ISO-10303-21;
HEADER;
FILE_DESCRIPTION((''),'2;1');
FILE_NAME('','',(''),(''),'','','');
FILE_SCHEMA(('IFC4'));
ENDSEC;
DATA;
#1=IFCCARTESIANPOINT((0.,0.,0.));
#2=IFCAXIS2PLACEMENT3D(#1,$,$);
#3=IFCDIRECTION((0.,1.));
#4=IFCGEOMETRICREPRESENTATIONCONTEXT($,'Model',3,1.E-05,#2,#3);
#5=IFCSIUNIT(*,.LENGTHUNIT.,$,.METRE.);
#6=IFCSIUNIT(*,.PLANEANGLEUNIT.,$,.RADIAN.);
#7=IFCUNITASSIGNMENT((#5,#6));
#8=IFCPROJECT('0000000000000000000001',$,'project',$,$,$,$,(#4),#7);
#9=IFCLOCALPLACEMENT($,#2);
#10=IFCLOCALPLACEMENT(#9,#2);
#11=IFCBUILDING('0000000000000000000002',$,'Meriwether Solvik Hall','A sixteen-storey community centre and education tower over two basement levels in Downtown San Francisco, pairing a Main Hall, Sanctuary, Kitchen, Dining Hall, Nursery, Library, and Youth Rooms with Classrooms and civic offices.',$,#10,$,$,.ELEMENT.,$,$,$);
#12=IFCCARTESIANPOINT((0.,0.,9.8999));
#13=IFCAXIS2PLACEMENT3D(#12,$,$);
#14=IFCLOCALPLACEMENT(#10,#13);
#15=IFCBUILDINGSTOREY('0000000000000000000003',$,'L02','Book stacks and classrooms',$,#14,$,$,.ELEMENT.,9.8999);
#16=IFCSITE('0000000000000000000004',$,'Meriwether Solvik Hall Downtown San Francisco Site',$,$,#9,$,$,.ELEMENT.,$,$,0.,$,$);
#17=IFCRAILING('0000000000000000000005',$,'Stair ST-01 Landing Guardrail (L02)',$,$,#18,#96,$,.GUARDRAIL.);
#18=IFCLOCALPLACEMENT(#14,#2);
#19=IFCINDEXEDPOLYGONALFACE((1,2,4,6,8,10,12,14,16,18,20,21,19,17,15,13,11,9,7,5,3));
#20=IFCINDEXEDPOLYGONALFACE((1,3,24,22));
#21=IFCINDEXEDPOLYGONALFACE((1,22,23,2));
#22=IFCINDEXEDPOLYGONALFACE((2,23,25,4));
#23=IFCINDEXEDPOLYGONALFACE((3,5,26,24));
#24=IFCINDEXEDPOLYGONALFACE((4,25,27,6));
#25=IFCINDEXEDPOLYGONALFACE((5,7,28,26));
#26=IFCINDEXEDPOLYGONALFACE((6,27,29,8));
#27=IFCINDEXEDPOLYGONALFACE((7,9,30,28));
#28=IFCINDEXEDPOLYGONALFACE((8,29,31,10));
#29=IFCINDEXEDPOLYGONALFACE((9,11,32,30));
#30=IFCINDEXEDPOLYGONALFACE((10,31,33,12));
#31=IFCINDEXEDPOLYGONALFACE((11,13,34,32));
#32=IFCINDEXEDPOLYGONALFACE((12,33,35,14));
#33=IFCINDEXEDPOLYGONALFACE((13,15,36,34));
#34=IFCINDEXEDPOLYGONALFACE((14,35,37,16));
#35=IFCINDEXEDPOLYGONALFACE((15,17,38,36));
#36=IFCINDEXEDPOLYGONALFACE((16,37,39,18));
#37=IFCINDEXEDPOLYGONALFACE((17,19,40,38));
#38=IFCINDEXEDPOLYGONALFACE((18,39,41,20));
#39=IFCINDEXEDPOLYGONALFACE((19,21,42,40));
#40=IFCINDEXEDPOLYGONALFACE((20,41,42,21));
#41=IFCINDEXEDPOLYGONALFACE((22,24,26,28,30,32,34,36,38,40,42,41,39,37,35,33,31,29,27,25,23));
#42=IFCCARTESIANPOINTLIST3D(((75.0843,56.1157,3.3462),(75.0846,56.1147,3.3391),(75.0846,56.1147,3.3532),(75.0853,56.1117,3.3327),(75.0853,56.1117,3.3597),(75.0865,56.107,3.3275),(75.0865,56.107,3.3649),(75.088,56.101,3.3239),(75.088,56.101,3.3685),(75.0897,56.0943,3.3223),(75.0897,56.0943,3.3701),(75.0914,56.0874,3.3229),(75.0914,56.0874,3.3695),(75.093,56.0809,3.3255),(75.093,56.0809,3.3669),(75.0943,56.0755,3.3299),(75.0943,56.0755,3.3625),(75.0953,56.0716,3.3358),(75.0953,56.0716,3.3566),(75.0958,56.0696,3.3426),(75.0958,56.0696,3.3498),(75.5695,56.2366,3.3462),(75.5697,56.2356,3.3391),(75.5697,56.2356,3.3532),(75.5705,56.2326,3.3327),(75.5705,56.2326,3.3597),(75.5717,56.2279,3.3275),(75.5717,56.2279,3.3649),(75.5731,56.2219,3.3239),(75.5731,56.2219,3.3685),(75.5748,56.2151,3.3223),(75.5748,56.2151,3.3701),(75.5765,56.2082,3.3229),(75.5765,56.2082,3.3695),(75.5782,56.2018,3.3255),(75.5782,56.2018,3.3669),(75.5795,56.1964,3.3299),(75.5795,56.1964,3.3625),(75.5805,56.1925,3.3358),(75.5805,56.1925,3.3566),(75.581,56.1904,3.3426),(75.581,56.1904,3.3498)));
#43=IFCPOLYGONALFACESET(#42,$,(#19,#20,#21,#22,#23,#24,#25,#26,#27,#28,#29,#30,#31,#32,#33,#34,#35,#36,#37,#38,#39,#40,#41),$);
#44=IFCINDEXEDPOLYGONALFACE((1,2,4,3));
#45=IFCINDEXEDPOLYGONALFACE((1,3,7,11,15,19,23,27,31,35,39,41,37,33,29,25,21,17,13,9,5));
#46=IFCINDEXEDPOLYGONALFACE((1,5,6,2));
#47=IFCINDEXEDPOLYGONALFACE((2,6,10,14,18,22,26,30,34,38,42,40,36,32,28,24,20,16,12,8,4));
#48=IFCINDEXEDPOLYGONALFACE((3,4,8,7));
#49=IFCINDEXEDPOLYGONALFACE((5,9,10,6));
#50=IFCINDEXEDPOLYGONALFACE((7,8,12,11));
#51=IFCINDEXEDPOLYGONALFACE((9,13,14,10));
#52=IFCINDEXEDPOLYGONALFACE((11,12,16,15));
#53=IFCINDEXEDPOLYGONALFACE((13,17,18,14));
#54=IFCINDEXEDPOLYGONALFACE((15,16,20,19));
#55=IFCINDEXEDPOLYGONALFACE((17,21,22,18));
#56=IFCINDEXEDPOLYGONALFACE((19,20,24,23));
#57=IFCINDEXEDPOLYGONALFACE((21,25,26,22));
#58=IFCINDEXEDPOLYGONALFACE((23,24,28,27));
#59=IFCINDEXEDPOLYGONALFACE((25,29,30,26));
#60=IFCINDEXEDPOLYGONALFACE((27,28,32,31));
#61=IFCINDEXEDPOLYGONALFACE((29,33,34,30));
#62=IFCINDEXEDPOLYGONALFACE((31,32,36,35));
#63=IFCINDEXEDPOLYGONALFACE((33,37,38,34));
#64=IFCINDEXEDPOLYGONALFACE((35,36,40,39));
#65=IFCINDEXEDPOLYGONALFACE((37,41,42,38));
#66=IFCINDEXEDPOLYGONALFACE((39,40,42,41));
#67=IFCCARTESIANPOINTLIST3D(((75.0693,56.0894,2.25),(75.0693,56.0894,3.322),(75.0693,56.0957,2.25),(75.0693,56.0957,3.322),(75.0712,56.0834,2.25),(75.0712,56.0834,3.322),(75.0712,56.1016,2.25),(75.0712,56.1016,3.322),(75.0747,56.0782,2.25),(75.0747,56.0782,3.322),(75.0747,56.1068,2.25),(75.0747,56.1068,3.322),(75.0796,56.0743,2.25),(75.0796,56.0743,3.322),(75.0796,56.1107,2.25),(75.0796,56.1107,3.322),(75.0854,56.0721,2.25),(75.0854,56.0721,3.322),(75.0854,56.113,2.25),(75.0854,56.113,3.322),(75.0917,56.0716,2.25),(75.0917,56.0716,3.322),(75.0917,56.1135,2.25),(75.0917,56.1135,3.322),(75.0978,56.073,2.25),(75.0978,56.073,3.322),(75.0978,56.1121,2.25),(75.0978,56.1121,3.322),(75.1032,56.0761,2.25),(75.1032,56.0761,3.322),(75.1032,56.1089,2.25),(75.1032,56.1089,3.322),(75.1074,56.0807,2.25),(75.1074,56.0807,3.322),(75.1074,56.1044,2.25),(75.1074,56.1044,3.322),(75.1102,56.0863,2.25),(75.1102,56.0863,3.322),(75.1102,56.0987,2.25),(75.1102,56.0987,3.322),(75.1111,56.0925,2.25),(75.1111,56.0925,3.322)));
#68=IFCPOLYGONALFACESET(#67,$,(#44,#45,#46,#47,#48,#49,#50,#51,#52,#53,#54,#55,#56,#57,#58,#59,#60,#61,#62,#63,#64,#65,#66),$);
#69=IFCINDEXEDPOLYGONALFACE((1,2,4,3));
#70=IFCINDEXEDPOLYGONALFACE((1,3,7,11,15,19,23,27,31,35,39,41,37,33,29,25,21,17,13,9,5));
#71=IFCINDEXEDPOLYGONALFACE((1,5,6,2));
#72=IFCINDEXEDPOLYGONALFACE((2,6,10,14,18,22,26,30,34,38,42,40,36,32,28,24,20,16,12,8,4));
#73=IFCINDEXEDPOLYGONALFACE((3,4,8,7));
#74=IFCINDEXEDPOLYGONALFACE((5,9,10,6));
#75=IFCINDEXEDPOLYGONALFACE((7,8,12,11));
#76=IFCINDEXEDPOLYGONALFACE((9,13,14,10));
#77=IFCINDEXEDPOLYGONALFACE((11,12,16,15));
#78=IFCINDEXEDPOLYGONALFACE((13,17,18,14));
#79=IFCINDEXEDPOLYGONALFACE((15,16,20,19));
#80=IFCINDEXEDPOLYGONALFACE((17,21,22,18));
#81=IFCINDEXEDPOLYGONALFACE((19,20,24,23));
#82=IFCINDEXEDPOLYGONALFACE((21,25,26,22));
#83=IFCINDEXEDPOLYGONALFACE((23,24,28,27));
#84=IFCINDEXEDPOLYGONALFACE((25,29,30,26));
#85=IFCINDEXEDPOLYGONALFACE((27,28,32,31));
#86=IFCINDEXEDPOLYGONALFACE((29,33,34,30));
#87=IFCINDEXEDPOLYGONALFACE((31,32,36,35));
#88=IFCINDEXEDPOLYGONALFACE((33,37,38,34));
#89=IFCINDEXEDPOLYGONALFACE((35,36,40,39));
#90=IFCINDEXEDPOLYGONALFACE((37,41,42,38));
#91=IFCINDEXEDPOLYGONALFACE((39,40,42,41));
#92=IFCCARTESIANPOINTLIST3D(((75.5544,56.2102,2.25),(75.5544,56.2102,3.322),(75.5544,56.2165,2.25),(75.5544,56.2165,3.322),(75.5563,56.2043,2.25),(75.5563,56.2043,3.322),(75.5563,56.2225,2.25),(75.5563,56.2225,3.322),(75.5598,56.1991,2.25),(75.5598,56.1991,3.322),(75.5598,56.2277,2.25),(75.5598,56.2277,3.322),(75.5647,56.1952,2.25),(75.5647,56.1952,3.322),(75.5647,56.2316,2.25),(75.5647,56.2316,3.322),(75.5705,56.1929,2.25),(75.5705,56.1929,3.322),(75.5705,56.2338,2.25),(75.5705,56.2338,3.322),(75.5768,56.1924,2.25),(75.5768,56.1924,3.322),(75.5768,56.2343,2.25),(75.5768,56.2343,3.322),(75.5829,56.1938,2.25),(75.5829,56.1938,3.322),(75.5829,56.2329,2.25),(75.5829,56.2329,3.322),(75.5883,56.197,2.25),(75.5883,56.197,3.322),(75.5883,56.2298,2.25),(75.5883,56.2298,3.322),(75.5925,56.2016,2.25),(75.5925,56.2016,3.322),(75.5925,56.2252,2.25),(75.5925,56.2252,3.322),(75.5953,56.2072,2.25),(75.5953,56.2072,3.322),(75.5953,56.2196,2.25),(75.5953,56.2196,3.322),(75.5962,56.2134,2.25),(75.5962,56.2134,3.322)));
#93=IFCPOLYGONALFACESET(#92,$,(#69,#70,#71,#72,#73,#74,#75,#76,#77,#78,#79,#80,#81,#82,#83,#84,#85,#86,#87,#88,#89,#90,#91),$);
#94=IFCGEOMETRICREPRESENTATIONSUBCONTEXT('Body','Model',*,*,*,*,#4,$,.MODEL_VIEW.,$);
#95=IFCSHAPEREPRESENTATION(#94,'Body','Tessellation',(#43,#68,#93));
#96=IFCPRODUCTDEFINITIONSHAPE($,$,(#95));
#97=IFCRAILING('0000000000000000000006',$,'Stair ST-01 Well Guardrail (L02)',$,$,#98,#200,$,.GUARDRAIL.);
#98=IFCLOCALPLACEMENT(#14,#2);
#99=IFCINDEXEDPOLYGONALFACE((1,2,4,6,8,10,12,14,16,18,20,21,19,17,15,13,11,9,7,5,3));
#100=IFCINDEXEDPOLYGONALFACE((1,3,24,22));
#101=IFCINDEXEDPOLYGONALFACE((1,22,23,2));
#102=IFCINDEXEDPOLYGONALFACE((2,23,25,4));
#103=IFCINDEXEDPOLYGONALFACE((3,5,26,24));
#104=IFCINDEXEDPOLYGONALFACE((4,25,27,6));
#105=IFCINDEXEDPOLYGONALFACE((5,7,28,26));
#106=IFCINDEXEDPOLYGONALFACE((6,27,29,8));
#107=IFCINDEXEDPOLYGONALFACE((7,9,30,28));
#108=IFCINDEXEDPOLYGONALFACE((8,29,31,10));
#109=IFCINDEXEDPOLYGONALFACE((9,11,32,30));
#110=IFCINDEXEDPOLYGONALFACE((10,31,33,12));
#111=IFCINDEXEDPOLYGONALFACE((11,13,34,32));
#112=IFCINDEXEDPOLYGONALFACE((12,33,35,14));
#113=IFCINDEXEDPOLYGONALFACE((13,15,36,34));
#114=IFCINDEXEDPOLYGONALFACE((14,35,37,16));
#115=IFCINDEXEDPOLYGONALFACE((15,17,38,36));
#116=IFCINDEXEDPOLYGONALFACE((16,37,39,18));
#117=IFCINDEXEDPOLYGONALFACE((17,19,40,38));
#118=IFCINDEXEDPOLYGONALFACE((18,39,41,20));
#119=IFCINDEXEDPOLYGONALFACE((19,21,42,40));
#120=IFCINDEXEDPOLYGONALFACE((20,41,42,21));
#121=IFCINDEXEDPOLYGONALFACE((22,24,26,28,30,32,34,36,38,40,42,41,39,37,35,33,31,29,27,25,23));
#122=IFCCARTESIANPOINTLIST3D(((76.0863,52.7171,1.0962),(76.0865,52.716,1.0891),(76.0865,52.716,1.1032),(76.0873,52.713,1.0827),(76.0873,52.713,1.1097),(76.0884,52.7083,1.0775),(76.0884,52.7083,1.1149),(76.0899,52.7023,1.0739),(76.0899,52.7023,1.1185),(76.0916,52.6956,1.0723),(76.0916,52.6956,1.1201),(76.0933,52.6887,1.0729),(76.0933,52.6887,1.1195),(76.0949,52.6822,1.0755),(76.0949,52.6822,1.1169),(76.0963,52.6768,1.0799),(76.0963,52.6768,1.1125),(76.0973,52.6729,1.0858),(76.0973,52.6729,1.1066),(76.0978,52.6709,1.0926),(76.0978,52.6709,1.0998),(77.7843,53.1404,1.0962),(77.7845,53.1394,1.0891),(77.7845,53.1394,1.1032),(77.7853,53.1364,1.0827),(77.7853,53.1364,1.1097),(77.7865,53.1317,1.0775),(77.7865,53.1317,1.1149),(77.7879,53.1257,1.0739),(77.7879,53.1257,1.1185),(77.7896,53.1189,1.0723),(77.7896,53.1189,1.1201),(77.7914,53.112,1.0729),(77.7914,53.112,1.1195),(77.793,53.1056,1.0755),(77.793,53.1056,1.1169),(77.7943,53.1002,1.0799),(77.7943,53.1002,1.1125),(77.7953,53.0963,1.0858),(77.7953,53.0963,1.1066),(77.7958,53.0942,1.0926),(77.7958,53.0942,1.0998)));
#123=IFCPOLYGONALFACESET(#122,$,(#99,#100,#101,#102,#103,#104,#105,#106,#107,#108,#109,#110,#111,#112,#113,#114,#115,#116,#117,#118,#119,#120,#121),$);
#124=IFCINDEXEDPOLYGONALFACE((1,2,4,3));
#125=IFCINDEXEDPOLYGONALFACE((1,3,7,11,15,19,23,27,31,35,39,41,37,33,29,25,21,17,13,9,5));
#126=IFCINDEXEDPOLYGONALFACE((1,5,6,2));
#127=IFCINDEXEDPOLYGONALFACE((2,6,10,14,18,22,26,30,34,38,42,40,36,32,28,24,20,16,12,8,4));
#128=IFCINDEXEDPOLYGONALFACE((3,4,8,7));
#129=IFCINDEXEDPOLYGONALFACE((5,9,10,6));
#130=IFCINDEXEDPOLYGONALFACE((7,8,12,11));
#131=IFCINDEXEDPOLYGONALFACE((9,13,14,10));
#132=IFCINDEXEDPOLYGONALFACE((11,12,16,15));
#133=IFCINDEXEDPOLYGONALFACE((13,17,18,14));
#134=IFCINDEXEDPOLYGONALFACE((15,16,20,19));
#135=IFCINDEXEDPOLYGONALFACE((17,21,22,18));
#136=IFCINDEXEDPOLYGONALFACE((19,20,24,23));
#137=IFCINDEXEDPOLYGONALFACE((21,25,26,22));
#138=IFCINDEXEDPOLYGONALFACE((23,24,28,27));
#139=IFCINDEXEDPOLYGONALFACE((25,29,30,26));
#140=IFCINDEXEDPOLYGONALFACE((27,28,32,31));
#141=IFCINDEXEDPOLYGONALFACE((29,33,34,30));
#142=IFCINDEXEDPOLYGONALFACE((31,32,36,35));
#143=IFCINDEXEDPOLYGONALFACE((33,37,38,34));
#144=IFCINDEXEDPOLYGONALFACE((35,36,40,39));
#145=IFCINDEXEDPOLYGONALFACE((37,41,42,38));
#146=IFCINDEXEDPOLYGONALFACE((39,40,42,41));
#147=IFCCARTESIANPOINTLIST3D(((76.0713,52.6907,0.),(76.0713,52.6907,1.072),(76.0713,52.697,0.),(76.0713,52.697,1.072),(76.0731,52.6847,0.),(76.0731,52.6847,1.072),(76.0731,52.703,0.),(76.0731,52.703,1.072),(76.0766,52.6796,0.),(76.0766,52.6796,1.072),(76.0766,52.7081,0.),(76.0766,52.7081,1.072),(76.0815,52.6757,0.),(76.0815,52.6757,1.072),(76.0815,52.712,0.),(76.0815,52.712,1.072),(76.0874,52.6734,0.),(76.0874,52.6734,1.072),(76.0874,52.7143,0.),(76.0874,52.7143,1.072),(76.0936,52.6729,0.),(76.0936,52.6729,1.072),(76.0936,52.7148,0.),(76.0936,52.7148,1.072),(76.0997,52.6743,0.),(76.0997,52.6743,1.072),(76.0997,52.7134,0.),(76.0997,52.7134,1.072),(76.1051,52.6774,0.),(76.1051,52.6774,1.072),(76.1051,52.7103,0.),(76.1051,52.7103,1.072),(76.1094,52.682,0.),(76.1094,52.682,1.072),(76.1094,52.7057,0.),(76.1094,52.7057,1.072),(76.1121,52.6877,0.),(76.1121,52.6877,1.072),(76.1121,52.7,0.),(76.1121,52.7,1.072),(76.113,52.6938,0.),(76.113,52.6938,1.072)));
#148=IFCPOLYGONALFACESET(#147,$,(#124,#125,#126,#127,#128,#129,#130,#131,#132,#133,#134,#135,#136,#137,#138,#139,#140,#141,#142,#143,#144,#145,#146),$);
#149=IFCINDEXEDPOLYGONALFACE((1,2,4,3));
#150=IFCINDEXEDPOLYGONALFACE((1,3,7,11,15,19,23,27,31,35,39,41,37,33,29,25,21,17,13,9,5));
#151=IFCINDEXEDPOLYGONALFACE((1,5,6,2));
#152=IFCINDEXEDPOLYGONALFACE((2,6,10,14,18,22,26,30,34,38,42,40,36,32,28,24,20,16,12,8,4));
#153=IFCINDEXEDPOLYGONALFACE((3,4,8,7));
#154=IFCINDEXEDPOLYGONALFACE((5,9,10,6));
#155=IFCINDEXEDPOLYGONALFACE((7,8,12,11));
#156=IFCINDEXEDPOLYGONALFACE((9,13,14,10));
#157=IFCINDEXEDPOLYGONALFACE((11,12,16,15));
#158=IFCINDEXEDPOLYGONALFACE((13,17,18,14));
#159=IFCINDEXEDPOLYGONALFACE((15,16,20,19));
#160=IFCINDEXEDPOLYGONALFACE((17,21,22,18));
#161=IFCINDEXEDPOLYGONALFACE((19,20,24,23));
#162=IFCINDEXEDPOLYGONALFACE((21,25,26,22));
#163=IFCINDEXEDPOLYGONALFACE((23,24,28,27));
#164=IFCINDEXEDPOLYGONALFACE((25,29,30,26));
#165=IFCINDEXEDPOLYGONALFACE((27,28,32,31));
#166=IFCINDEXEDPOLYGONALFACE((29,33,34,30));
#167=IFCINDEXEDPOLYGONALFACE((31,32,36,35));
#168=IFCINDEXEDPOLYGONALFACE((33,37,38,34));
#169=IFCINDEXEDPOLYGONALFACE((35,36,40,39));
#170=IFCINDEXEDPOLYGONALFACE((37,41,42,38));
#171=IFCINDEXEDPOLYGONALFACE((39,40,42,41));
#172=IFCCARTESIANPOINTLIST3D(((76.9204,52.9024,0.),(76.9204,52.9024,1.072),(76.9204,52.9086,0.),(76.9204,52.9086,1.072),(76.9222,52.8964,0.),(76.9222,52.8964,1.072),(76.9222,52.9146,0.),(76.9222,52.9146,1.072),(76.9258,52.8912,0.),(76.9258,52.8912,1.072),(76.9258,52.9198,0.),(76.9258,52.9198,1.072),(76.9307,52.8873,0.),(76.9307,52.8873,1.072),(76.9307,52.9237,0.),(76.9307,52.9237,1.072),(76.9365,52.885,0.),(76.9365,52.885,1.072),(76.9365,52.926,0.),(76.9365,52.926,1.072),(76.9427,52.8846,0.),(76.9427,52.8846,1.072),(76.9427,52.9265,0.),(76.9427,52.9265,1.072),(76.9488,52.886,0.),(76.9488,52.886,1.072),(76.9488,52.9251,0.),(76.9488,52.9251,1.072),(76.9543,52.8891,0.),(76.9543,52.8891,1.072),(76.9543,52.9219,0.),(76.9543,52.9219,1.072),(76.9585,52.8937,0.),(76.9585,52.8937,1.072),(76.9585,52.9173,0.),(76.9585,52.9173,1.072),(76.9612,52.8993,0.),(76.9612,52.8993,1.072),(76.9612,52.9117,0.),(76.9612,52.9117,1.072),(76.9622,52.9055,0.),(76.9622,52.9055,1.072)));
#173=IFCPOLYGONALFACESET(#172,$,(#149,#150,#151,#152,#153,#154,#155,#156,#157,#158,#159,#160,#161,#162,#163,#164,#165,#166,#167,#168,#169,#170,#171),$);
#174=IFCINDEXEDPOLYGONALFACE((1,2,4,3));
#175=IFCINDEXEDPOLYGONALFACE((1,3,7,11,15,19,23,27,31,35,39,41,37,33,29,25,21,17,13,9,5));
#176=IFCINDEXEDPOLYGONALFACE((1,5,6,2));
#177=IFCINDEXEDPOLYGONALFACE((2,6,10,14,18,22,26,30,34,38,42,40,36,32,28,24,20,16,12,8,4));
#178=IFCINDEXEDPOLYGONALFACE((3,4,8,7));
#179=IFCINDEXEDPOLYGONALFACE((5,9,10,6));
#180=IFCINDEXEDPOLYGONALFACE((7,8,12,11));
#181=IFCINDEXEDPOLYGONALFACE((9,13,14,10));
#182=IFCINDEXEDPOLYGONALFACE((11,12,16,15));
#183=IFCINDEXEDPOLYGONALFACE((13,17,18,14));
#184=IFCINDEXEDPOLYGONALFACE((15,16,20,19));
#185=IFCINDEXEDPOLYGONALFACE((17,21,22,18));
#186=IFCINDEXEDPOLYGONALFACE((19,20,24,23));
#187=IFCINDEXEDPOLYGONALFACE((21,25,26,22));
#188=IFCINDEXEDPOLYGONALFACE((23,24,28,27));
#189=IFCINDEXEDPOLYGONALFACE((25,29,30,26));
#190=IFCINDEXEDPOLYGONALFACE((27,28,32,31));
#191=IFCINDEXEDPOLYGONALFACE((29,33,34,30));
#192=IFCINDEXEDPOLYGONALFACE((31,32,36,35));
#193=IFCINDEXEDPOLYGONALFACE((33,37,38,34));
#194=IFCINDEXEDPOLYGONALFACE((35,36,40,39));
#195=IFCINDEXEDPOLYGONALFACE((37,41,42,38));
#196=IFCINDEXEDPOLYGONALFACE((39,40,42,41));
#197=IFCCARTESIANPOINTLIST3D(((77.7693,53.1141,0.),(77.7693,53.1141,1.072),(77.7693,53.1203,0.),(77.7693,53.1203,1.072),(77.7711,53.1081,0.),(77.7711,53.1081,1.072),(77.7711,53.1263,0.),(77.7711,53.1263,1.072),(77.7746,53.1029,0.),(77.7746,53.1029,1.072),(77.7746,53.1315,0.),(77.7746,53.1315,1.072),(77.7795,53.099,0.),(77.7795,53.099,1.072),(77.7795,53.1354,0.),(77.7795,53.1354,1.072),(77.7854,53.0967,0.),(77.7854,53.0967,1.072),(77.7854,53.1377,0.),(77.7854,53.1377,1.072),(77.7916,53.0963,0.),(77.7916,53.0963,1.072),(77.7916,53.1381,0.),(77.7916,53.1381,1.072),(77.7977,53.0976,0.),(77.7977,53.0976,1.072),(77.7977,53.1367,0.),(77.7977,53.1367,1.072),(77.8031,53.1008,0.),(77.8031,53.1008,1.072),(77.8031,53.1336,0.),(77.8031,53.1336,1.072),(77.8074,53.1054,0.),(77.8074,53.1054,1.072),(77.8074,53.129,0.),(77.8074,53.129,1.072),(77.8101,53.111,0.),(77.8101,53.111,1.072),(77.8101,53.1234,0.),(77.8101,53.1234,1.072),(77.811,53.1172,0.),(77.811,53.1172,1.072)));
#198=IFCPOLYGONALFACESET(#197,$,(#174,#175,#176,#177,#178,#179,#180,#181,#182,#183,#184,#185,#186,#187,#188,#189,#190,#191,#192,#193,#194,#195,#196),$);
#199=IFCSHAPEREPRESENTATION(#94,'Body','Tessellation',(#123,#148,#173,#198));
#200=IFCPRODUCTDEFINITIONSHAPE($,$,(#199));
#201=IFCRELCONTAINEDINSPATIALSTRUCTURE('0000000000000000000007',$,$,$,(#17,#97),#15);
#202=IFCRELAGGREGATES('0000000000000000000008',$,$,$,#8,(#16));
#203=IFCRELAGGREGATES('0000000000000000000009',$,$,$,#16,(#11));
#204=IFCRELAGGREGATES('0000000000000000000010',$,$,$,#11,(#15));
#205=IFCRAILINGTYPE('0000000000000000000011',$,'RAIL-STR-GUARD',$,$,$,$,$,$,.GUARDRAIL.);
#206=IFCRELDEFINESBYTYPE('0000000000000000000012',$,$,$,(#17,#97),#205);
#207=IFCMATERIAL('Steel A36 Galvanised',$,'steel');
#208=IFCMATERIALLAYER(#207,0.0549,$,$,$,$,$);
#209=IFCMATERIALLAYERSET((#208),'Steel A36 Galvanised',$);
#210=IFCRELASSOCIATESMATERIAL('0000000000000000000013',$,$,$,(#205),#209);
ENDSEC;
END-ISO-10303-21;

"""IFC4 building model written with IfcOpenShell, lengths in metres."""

from ifc_helpers import new_model, si_unit, direction, frame, origin, origin_2d, place, context, subcontext, project, spatial, circle, extrude, material, layer, layer_set, type_object, element, save


model = new_model("IFC4")

# Units and contexts
model_context = context("Model", 3, precision=1e-05, world=origin(), true_north=direction((0.0, 1.0)))
body_context = subcontext(model_context, "Body", "Model", "MODEL_VIEW")
ifc_project = project(units=[si_unit("LENGTHUNIT", "METRE"), si_unit("PLANEANGLEUNIT", "RADIAN")], contexts=[model_context])

# Site, building, storey
site_placement = place(None, origin())
site = spatial("IfcSite", under=ifc_project, at=site_placement, Name="Meriwether Solvik Hall Downtown San Francisco Site", CompositionType="ELEMENT", RefElevation=0.0)
building_placement = place(site_placement, origin())
building = spatial("IfcBuilding", under=site, at=building_placement, Name="Meriwether Solvik Hall", Description="A sixteen-storey community centre and education tower over two basement levels in Downtown San Francisco, pairing a Main Hall, Sanctuary, Kitchen, Dining Hall, Nursery, Library, and Youth Rooms with Classrooms and civic offices.", CompositionType="ELEMENT")
storey_placement = place(building_placement, frame((0.0, 0.0, 9.8999)))
storey = spatial("IfcBuildingStorey", under=building, at=storey_placement, Name="L02", Description="Book stacks and classrooms", CompositionType="ELEMENT", Elevation=9.8999)

# Railings
ifc_material_1 = material(Name="Steel A36 Galvanised", Category="steel")
ifc_layer_1 = layer(ifc_material_1, 0.0549)
ifc_layer_set_1 = layer_set([ifc_layer_1], Name="Steel A36 Galvanised")
railing_type_1 = type_object("IfcRailingType", Name="RAIL-STR-GUARD", PredefinedType="GUARDRAIL", material=ifc_layer_set_1)
railing_1_placement = place(storey_placement, frame((75.0901, 56.0925, 2.25)))
element("IfcRailing", 1, at=railing_1_placement, inside=storey, type_object=railing_type_1, Name="Stair ST-01 Landing Guardrail (L02)", PredefinedType="GUARDRAIL", context=body_context, shape_type="SweptSolid", body=[
    extrude(circle(Radius=0.0239, at=origin_2d()), frame((0.0, 0.0, 1.0962), z_axis=(0.970343, 0.241731, 0.0), x_axis=(-0.241731, 0.970343, 0.0)), (0.0, 0.0, 1.0), 0.5),
    extrude(circle(Radius=0.021, at=origin_2d()), origin(), (0.0, 0.0, 1.0), 1.072),
    extrude(circle(Radius=0.021, at=origin_2d()), frame((0.4851, 0.1208, 0.0)), (0.0, 0.0, 1.0), 1.072),
])
railing_2_placement = place(storey_placement, frame((76.092, 52.6938, 0.0)))
element("IfcRailing", 2, at=railing_2_placement, inside=storey, type_object=railing_type_1, Name="Stair ST-01 Well Guardrail (L02)", PredefinedType="GUARDRAIL", context=body_context, shape_type="SweptSolid", body=[
    extrude(circle(Radius=0.0239, at=origin_2d()), frame((0.0, 0.0, 1.0962), z_axis=(0.970298, 0.241912, 0.0), x_axis=(-0.241912, 0.970298, 0.0)), (0.0, 0.0, 1.0), 1.75),
    extrude(circle(Radius=0.021, at=origin_2d()), origin(), (0.0, 0.0, 1.0), 1.072),
    extrude(circle(Radius=0.021, at=origin_2d()), frame((0.8491, 0.2117, 0.0)), (0.0, 0.0, 1.0), 1.072),
    extrude(circle(Radius=0.021, at=origin_2d()), frame((1.698, 0.4233, 0.0)), (0.0, 0.0, 1.0), 1.072),
])

save(model, "model.ifc")
